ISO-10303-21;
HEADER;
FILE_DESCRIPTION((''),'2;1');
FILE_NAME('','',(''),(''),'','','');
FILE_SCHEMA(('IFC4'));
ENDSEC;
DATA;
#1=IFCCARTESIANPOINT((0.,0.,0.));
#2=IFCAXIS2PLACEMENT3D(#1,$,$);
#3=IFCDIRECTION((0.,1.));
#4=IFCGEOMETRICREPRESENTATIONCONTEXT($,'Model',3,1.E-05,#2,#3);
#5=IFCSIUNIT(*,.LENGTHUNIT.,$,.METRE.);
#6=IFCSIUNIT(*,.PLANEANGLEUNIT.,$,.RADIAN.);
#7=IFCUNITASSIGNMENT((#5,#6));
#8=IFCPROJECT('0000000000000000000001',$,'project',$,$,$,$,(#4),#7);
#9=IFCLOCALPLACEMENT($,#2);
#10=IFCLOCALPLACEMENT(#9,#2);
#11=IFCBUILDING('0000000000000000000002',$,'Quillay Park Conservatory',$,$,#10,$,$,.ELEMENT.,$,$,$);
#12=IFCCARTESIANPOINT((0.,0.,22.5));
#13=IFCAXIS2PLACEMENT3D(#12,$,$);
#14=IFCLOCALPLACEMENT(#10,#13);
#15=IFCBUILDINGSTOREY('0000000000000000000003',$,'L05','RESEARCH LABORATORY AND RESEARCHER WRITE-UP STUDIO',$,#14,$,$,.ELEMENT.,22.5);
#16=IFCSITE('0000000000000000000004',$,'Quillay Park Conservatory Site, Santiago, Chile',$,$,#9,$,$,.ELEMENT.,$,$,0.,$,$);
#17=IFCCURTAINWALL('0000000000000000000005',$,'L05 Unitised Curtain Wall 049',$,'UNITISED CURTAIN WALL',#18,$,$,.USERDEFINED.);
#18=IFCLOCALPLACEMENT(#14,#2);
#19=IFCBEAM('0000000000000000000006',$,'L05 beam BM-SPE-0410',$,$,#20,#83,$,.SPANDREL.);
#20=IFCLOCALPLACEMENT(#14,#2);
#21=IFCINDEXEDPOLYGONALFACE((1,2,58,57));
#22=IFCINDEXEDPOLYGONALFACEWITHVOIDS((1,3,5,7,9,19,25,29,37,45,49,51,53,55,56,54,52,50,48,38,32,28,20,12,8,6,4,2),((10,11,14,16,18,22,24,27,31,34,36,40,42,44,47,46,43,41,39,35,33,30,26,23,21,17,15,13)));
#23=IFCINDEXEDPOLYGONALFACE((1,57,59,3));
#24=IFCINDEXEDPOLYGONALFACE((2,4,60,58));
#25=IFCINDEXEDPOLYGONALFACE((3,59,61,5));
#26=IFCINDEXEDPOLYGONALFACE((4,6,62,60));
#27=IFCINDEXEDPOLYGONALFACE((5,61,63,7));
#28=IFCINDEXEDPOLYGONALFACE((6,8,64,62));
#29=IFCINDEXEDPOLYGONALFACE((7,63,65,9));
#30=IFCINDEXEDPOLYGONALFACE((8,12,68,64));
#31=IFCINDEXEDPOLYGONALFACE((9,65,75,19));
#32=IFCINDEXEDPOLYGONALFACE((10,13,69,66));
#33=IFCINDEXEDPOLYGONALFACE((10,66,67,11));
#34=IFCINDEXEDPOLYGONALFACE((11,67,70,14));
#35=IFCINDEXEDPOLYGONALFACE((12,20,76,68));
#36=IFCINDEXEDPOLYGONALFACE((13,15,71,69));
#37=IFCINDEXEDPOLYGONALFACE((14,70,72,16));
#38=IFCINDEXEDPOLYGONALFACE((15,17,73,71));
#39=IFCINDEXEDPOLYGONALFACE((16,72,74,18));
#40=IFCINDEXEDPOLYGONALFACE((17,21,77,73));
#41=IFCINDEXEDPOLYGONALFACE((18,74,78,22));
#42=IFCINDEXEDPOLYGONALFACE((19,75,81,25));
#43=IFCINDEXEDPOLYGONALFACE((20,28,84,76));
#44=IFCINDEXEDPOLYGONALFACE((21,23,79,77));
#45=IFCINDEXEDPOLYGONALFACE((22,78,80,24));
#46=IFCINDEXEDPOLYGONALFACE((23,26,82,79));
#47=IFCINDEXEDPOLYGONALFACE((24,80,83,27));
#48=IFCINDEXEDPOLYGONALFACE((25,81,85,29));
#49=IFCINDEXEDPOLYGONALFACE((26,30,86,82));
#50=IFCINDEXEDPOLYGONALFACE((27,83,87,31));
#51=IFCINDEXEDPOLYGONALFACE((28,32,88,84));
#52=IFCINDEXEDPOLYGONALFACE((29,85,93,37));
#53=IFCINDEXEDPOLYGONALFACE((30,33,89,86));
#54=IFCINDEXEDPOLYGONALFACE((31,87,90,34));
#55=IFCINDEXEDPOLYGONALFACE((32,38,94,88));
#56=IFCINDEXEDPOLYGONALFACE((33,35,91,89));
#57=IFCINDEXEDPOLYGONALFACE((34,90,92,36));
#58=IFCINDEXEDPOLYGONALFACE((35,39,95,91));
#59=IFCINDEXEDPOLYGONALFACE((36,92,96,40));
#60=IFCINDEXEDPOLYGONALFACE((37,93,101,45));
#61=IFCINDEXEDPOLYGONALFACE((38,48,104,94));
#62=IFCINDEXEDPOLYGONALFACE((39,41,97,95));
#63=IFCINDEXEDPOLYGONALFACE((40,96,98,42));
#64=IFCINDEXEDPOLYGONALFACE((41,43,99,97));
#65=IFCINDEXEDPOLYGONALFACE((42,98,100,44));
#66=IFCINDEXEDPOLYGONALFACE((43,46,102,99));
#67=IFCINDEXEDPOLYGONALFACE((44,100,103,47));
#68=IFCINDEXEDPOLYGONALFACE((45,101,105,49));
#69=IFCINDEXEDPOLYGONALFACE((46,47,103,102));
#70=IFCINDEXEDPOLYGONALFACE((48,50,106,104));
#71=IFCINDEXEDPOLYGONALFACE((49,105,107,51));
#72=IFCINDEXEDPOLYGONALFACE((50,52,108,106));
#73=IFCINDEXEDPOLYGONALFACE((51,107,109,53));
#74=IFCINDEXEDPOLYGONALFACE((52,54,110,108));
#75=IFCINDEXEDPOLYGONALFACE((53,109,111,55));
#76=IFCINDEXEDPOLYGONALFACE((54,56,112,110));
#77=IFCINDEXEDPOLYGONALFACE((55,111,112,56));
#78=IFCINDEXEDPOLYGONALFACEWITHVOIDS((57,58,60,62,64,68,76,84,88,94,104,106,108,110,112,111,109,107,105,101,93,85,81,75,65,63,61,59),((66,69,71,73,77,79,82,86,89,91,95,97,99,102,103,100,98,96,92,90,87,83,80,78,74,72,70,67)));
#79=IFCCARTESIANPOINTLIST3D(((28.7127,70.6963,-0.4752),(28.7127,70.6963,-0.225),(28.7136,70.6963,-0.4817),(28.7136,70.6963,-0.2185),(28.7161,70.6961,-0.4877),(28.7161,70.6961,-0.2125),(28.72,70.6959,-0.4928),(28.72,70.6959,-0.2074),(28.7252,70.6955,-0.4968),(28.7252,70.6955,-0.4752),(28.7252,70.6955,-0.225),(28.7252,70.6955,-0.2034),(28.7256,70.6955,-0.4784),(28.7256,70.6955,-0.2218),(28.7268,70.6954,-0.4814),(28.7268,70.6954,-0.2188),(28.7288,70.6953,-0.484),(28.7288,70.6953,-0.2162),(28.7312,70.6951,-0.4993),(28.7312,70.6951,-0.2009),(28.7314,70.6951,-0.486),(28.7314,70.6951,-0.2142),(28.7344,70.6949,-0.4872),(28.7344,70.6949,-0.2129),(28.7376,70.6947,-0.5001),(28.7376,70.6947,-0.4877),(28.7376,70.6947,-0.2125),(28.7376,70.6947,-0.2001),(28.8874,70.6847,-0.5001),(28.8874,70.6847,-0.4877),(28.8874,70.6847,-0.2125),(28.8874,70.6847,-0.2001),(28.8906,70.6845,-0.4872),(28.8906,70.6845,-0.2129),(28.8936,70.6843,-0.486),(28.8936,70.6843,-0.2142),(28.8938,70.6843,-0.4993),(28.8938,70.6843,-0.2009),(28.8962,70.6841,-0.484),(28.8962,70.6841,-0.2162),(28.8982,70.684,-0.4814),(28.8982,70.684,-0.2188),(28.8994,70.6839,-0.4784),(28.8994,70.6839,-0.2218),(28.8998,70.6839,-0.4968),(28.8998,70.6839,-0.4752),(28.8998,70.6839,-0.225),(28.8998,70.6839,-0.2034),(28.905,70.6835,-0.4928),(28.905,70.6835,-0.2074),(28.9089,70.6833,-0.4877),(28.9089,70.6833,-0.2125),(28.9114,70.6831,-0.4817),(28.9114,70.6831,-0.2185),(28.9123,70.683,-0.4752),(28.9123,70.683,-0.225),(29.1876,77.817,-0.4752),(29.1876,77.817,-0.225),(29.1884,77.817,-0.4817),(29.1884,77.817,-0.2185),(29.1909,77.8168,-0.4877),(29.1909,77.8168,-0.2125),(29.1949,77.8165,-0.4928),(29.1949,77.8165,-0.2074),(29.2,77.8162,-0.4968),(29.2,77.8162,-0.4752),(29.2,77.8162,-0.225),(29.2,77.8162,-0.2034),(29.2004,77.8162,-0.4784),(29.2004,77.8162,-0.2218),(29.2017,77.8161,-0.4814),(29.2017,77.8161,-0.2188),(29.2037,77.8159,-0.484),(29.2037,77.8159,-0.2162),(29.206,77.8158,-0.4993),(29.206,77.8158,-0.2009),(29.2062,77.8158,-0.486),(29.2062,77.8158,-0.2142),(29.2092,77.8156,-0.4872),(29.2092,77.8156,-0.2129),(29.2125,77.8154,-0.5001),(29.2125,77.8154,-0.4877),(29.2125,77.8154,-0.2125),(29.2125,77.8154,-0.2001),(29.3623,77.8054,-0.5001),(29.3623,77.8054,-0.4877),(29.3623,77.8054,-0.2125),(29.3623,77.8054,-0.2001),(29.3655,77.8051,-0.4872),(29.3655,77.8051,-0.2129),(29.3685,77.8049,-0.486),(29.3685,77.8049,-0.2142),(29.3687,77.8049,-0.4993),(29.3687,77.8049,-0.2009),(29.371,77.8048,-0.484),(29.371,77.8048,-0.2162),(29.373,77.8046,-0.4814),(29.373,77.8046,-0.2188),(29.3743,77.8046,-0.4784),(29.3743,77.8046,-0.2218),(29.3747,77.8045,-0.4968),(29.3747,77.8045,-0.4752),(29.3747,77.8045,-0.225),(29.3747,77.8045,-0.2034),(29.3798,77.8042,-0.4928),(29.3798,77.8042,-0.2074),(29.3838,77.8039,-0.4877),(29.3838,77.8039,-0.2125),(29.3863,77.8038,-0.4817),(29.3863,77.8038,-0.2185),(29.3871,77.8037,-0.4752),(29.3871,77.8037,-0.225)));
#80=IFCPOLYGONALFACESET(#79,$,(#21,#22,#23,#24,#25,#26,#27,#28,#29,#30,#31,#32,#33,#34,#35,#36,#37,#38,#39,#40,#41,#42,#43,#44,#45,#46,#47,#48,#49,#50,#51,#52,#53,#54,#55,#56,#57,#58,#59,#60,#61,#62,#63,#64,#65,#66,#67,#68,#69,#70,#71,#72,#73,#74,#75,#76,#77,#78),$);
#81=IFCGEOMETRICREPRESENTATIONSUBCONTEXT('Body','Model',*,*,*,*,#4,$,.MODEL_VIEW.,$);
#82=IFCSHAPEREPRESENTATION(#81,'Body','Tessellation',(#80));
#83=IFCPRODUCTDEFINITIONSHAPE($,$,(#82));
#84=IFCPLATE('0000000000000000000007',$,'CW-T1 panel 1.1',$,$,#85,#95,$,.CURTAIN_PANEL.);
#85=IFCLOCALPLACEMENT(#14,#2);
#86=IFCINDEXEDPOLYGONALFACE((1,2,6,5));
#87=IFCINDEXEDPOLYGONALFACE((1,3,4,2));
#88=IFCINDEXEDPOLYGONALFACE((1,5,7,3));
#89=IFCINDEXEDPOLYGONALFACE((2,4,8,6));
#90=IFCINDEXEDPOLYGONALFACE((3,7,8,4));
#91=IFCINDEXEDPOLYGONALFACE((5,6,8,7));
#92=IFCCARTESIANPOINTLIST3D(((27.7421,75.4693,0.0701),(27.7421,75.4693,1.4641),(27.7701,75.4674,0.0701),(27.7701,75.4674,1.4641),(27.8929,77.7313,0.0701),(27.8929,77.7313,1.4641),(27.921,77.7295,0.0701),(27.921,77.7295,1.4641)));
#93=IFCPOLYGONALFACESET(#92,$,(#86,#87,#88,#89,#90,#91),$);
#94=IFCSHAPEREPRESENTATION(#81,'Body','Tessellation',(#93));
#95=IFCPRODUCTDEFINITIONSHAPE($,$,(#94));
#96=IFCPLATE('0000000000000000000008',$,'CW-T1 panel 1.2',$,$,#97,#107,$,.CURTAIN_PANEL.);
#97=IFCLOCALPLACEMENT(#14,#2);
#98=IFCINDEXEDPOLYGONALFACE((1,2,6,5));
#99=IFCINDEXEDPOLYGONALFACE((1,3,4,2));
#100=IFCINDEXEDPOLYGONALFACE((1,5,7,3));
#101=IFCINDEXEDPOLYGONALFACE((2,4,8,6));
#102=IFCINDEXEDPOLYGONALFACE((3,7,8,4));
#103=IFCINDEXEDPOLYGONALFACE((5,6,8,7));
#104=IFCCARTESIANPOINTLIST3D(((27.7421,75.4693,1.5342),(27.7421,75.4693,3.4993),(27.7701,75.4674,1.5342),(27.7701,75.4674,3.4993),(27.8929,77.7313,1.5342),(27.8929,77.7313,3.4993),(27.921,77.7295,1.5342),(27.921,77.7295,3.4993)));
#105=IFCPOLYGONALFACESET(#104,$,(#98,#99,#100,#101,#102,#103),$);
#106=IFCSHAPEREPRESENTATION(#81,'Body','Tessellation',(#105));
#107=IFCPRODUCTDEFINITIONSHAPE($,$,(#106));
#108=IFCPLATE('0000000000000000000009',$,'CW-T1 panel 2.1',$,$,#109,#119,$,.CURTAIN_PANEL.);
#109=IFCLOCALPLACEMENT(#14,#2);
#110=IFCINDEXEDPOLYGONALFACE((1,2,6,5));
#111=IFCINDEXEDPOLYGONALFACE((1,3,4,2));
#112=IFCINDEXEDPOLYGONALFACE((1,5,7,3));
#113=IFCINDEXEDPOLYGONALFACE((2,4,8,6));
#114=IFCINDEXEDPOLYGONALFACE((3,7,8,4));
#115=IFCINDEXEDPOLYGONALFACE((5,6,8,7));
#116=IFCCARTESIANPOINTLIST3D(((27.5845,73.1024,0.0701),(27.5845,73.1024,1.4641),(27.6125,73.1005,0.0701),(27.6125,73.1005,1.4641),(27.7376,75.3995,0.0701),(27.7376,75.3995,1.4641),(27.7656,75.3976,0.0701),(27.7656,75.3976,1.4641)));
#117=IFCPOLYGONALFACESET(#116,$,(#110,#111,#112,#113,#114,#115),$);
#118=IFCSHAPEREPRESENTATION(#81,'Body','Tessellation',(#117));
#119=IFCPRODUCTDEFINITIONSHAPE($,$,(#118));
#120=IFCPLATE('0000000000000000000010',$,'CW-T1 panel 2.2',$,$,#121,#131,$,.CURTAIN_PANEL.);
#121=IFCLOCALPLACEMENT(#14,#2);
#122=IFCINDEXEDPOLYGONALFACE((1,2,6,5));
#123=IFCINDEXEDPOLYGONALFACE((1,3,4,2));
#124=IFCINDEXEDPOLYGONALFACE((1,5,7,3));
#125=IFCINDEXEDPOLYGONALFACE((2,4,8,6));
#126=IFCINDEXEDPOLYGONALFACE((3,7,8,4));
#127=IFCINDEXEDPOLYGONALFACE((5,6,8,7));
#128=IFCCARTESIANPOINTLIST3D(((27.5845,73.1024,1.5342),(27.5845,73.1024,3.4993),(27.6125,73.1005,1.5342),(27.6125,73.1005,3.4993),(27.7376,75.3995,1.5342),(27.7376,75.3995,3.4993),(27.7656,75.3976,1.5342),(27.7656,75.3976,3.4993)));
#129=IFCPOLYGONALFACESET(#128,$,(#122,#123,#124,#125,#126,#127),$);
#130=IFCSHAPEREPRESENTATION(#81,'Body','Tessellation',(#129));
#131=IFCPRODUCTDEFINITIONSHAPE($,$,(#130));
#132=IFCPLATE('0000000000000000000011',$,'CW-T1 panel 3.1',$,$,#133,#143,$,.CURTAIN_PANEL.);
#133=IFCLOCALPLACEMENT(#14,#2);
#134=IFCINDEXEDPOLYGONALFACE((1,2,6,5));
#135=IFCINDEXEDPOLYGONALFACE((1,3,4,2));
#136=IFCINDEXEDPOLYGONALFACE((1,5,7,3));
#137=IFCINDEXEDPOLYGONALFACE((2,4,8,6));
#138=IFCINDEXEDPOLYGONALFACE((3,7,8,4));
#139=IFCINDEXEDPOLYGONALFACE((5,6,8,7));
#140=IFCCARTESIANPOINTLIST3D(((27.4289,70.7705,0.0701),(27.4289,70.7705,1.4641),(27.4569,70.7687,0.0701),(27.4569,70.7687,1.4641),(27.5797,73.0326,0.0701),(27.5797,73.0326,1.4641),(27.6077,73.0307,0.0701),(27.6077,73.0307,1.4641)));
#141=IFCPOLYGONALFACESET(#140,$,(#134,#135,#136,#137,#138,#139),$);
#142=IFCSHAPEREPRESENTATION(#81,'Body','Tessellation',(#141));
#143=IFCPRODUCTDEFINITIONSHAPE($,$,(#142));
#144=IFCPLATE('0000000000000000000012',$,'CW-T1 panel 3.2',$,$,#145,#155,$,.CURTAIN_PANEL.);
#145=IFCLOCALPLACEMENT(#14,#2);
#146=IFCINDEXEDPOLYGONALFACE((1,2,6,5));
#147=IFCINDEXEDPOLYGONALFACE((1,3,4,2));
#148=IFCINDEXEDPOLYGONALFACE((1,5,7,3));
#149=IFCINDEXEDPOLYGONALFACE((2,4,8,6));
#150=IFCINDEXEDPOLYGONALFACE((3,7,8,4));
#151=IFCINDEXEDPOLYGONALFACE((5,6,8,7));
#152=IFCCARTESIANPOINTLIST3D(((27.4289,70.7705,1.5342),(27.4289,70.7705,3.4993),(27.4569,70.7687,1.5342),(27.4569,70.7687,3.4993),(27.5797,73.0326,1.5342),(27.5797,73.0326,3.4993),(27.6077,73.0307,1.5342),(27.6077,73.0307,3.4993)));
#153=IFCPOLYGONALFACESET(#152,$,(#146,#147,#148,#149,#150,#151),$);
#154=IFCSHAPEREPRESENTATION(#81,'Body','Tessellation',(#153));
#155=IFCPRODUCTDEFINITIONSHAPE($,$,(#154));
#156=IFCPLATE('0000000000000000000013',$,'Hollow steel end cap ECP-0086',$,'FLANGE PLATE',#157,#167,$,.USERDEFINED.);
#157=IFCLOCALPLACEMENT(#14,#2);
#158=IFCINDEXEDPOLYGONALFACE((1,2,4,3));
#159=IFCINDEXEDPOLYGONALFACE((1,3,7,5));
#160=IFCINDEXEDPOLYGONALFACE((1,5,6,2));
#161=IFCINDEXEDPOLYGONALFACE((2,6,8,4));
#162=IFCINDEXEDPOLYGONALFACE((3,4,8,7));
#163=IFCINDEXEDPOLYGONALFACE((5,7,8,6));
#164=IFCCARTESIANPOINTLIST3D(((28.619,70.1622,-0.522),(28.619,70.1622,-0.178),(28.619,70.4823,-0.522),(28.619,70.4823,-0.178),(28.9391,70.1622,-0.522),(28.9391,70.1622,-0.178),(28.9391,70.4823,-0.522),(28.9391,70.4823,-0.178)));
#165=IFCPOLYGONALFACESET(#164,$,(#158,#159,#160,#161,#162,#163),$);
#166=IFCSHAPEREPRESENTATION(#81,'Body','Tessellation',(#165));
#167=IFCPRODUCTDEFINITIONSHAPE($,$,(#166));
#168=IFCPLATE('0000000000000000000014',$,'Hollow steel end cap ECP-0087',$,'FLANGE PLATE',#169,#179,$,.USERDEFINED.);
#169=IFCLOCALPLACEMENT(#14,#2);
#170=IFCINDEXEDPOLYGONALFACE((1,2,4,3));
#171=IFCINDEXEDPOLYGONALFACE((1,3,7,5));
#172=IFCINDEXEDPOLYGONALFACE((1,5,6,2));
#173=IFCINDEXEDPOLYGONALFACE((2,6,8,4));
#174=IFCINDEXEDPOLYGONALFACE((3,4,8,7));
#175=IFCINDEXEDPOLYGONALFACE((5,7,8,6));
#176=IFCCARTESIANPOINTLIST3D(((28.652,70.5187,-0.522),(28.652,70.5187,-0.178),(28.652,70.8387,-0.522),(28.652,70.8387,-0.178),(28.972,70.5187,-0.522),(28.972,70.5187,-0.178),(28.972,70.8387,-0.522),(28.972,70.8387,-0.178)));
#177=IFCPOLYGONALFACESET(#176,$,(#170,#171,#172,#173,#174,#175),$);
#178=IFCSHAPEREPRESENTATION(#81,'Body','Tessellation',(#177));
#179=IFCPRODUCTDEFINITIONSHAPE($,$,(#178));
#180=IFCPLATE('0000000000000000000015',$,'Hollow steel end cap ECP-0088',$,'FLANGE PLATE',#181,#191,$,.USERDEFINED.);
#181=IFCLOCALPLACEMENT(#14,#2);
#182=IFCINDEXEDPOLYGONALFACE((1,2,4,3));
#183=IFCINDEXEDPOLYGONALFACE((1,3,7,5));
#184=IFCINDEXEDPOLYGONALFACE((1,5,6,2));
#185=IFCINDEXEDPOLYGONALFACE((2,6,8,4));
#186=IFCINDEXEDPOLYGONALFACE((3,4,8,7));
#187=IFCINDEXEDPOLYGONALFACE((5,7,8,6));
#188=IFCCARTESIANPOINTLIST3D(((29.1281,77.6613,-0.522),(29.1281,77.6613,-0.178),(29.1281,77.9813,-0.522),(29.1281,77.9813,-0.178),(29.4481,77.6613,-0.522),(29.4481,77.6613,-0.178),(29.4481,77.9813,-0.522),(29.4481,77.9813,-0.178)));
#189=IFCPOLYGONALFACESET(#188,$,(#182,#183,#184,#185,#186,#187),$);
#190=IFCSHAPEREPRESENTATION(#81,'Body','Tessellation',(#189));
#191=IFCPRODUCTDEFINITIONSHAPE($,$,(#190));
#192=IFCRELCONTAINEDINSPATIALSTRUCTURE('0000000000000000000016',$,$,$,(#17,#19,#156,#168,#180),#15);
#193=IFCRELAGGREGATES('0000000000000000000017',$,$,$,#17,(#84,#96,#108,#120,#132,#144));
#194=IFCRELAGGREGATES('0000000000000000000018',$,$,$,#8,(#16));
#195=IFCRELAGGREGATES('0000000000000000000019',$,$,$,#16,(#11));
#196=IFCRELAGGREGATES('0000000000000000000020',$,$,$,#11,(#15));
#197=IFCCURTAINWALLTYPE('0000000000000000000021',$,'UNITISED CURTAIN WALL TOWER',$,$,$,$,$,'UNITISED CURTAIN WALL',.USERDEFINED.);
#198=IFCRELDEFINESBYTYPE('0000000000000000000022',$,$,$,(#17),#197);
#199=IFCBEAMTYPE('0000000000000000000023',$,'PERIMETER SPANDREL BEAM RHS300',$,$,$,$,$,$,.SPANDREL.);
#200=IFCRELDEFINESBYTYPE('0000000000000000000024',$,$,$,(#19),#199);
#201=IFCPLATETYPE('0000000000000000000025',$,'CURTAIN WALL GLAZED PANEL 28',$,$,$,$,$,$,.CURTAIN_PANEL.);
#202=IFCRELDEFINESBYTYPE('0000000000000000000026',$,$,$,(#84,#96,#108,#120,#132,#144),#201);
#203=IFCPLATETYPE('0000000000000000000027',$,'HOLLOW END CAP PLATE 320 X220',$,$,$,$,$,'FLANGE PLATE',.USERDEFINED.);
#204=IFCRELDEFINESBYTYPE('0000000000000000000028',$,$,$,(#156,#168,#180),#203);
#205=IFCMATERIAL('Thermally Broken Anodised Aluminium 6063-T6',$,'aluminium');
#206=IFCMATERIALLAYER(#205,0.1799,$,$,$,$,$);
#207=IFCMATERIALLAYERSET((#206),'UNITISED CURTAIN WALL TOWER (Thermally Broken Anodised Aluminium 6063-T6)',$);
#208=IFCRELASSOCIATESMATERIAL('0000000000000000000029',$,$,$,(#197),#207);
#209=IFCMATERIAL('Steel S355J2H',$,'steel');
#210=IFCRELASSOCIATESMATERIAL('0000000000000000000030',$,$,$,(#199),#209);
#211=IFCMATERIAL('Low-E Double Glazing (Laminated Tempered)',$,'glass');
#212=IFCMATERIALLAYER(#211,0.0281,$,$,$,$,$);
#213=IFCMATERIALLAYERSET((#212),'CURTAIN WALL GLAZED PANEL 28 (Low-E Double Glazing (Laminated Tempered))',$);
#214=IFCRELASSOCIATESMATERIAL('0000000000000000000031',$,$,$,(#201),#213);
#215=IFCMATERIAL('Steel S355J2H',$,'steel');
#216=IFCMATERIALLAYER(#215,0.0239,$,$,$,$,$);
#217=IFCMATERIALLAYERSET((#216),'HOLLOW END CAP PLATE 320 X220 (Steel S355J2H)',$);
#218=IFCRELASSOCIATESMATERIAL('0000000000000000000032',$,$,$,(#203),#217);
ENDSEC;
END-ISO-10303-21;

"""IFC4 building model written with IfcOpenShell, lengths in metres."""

from ifc_helpers import new_model, si_unit, direction, frame, origin, origin_2d, place, context, subcontext, project, spatial, rectangle, hollow_rectangle, extrude, material, layer, layer_set, material_profile, profile_set, type_object, element, aggregate, save


model = new_model("IFC4")

# Units and contexts
model_context = context("Model", 3, precision=1e-05, world=origin(), true_north=direction((0.0, 1.0)))
body_context = subcontext(model_context, "Body", "Model", "MODEL_VIEW")
ifc_project = project(units=[si_unit("LENGTHUNIT", "METRE"), si_unit("PLANEANGLEUNIT", "RADIAN")], contexts=[model_context])

# Site, building, storey
site_placement = place(None, origin())
site = spatial("IfcSite", under=ifc_project, at=site_placement, Name="Quillay Park Conservatory Site, Santiago, Chile", CompositionType="ELEMENT", RefElevation=0.0)
building_placement = place(site_placement, origin())
building = spatial("IfcBuilding", under=site, at=building_placement, Name="Quillay Park Conservatory", CompositionType="ELEMENT")
storey_placement = place(building_placement, frame((0.0, 0.0, 22.5)))
storey = spatial("IfcBuildingStorey", under=building, at=storey_placement, Name="L05", Description="RESEARCH LABORATORY AND RESEARCHER WRITE-UP STUDIO", CompositionType="ELEMENT", Elevation=22.5)

# Curtain wall
ifc_material_1 = material(Name="Thermally Broken Anodised Aluminium 6063-T6", Category="aluminium")
ifc_layer_1 = layer(ifc_material_1, 0.1799)
ifc_layer_set_1 = layer_set([ifc_layer_1], Name="UNITISED CURTAIN WALL TOWER (Thermally Broken Anodised Aluminium 6063-T6)")
curtain_wall_type = type_object("IfcCurtainWallType", Name="UNITISED CURTAIN WALL TOWER", ElementType="UNITISED CURTAIN WALL", PredefinedType="USERDEFINED", material=ifc_layer_set_1)
curtain_wall_placement = place(storey_placement, origin())
curtain_wall = element("IfcCurtainWall", 1, at=curtain_wall_placement, inside=storey, type_object=curtain_wall_type, Name="L05 Unitised Curtain Wall 049", ObjectType="UNITISED CURTAIN WALL", PredefinedType="USERDEFINED")

# Beam
ifc_material_2 = material(Name="Steel S355J2H", Category="steel")
ifc_material_profile_1 = material_profile(ifc_material_2, hollow_rectangle(XDim=0.2, YDim=0.3, WallThickness=0.0125, InnerFilletRadius=0.0125, OuterFilletRadius=0.0249, at=origin_2d()), Name="RHS300x200x12.5")
ifc_profile_set_1 = profile_set([ifc_material_profile_1], Name="Steel S355J2H")
beam_type = type_object("IfcBeamType", Name="PERIMETER SPANDREL BEAM RHS300", PredefinedType="SPANDREL", material=ifc_profile_set_1)
beam_placement = place(storey_placement, frame((28.8125, 70.6897, -0.3501), z_axis=(0.066539, 0.997784, 0.0), x_axis=(-0.997784, 0.066539, 0.0)))
element("IfcBeam", 2, at=beam_placement, inside=storey, type_object=beam_type, Name="L05 beam BM-SPE-0410", PredefinedType="SPANDREL", context=body_context, shape_type="SweptSolid", body=[
    extrude(hollow_rectangle(XDim=0.2, YDim=0.3, WallThickness=0.0125, InnerFilletRadius=0.0125, OuterFilletRadius=0.0249, at=origin_2d()), origin(), (0.0, 0.0, 1.0), 7.1365),
])

# Plates
ifc_material_3 = material(Name="Low-E Double Glazing (Laminated Tempered)", Category="glass")
ifc_layer_2 = layer(ifc_material_3, 0.0281)
ifc_layer_set_2 = layer_set([ifc_layer_2], Name="CURTAIN WALL GLAZED PANEL 28 (Low-E Double Glazing (Laminated Tempered))")
plate_type_1 = type_object("IfcPlateType", Name="CURTAIN WALL GLAZED PANEL 28", PredefinedType="CURTAIN_PANEL", material=ifc_layer_set_2)
plate_1_placement = place(storey_placement, frame((27.8315, 76.5994, 0.0701), z_axis=(0.0, 0.0, 1.0), x_axis=(-0.066521, -0.997785, 0.0)))
plate_1 = element("IfcPlate", 3, at=plate_1_placement, type_object=plate_type_1, Name="CW-T1 panel 1.1", PredefinedType="CURTAIN_PANEL", context=body_context, shape_type="SweptSolid", body=[
    extrude(rectangle(XDim=2.2671, YDim=0.0281, at=origin_2d()), origin(), (0.0, 0.0, 1.0), 1.394),
])
plate_2_placement = place(storey_placement, frame((27.8315, 76.5994, 1.5342), z_axis=(0.0, 0.0, 1.0), x_axis=(-0.066521, -0.997785, 0.0)))
plate_2 = element("IfcPlate", 4, at=plate_2_placement, type_object=plate_type_1, Name="CW-T1 panel 1.2", PredefinedType="CURTAIN_PANEL", context=body_context, shape_type="SweptSolid", body=[
    extrude(rectangle(XDim=2.2671, YDim=0.0281, at=origin_2d()), origin(), (0.0, 0.0, 1.0), 1.9651),
])
plate_3_placement = place(storey_placement, frame((27.675, 74.25, 0.0701), z_axis=(0.0, 0.0, 1.0), x_axis=(-0.066521, -0.997785, 0.0)))
plate_3 = element("IfcPlate", 5, at=plate_3_placement, type_object=plate_type_1, Name="CW-T1 panel 2.1", PredefinedType="CURTAIN_PANEL", context=body_context, shape_type="SweptSolid", body=[
    extrude(rectangle(XDim=2.3022, YDim=0.0281, at=origin_2d()), origin(), (0.0, 0.0, 1.0), 1.394),
])
plate_4_placement = place(storey_placement, frame((27.675, 74.25, 1.5342), z_axis=(0.0, 0.0, 1.0), x_axis=(-0.066521, -0.997785, 0.0)))
plate_4 = element("IfcPlate", 6, at=plate_4_placement, type_object=plate_type_1, Name="CW-T1 panel 2.2", PredefinedType="CURTAIN_PANEL", context=body_context, shape_type="SweptSolid", body=[
    extrude(rectangle(XDim=2.3022, YDim=0.0281, at=origin_2d()), origin(), (0.0, 0.0, 1.0), 1.9651),
])
plate_5_placement = place(storey_placement, frame((27.5183, 71.9006, 0.0701), z_axis=(0.0, 0.0, 1.0), x_axis=(-0.066521, -0.997785, 0.0)))
plate_5 = element("IfcPlate", 7, at=plate_5_placement, type_object=plate_type_1, Name="CW-T1 panel 3.1", PredefinedType="CURTAIN_PANEL", context=body_context, shape_type="SweptSolid", body=[
    extrude(rectangle(XDim=2.2671, YDim=0.0281, at=origin_2d()), origin(), (0.0, 0.0, 1.0), 1.394),
])
plate_6_placement = place(storey_placement, frame((27.5183, 71.9006, 1.5342), z_axis=(0.0, 0.0, 1.0), x_axis=(-0.066521, -0.997785, 0.0)))
plate_6 = element("IfcPlate", 8, at=plate_6_placement, type_object=plate_type_1, Name="CW-T1 panel 3.2", PredefinedType="CURTAIN_PANEL", context=body_context, shape_type="SweptSolid", body=[
    extrude(rectangle(XDim=2.2671, YDim=0.0281, at=origin_2d()), origin(), (0.0, 0.0, 1.0), 1.9651),
])
aggregate(curtain_wall, [plate_1, plate_2, plate_3, plate_4, plate_5, plate_6])

# Plates
ifc_material_4 = material(Name="Steel S355J2H", Category="steel")
ifc_layer_3 = layer(ifc_material_4, 0.0239)
ifc_layer_set_3 = layer_set([ifc_layer_3], Name="HOLLOW END CAP PLATE 320 X220 (Steel S355J2H)")
plate_type_2 = type_object("IfcPlateType", Name="HOLLOW END CAP PLATE 320 X220", ElementType="FLANGE PLATE", PredefinedType="USERDEFINED", material=ifc_layer_set_3)
for number, where, z_axis, x_axis, name in (
    (9, (28.7791, 70.3223, -0.522), (0.0, 0.0, 1.0), (1.0, 0.0, 0.0), "Hollow steel end cap ECP-0086"),
    (10, (28.812, 70.6787, -0.522), (0.0, 0.0, 1.0), (1.0, 0.0, 0.0), "Hollow steel end cap ECP-0087"),
    (11, (29.2881, 77.8213, -0.522), (0.0, 0.0, 1.0), (1.0, 0.0, 0.0), "Hollow steel end cap ECP-0088"),
):
    element("IfcPlate", number, at=place(storey_placement, frame(where, z_axis=z_axis, x_axis=x_axis)), inside=storey, type_object=plate_type_2, Name=name, ObjectType="FLANGE PLATE", PredefinedType="USERDEFINED", context=body_context, shape_type="SweptSolid", body=[
        extrude(rectangle(XDim=0.3201, YDim=0.3201, at=origin_2d()), origin(), (0.0, 0.0, 1.0), 0.344),
    ])

save(model, "model.ifc")
